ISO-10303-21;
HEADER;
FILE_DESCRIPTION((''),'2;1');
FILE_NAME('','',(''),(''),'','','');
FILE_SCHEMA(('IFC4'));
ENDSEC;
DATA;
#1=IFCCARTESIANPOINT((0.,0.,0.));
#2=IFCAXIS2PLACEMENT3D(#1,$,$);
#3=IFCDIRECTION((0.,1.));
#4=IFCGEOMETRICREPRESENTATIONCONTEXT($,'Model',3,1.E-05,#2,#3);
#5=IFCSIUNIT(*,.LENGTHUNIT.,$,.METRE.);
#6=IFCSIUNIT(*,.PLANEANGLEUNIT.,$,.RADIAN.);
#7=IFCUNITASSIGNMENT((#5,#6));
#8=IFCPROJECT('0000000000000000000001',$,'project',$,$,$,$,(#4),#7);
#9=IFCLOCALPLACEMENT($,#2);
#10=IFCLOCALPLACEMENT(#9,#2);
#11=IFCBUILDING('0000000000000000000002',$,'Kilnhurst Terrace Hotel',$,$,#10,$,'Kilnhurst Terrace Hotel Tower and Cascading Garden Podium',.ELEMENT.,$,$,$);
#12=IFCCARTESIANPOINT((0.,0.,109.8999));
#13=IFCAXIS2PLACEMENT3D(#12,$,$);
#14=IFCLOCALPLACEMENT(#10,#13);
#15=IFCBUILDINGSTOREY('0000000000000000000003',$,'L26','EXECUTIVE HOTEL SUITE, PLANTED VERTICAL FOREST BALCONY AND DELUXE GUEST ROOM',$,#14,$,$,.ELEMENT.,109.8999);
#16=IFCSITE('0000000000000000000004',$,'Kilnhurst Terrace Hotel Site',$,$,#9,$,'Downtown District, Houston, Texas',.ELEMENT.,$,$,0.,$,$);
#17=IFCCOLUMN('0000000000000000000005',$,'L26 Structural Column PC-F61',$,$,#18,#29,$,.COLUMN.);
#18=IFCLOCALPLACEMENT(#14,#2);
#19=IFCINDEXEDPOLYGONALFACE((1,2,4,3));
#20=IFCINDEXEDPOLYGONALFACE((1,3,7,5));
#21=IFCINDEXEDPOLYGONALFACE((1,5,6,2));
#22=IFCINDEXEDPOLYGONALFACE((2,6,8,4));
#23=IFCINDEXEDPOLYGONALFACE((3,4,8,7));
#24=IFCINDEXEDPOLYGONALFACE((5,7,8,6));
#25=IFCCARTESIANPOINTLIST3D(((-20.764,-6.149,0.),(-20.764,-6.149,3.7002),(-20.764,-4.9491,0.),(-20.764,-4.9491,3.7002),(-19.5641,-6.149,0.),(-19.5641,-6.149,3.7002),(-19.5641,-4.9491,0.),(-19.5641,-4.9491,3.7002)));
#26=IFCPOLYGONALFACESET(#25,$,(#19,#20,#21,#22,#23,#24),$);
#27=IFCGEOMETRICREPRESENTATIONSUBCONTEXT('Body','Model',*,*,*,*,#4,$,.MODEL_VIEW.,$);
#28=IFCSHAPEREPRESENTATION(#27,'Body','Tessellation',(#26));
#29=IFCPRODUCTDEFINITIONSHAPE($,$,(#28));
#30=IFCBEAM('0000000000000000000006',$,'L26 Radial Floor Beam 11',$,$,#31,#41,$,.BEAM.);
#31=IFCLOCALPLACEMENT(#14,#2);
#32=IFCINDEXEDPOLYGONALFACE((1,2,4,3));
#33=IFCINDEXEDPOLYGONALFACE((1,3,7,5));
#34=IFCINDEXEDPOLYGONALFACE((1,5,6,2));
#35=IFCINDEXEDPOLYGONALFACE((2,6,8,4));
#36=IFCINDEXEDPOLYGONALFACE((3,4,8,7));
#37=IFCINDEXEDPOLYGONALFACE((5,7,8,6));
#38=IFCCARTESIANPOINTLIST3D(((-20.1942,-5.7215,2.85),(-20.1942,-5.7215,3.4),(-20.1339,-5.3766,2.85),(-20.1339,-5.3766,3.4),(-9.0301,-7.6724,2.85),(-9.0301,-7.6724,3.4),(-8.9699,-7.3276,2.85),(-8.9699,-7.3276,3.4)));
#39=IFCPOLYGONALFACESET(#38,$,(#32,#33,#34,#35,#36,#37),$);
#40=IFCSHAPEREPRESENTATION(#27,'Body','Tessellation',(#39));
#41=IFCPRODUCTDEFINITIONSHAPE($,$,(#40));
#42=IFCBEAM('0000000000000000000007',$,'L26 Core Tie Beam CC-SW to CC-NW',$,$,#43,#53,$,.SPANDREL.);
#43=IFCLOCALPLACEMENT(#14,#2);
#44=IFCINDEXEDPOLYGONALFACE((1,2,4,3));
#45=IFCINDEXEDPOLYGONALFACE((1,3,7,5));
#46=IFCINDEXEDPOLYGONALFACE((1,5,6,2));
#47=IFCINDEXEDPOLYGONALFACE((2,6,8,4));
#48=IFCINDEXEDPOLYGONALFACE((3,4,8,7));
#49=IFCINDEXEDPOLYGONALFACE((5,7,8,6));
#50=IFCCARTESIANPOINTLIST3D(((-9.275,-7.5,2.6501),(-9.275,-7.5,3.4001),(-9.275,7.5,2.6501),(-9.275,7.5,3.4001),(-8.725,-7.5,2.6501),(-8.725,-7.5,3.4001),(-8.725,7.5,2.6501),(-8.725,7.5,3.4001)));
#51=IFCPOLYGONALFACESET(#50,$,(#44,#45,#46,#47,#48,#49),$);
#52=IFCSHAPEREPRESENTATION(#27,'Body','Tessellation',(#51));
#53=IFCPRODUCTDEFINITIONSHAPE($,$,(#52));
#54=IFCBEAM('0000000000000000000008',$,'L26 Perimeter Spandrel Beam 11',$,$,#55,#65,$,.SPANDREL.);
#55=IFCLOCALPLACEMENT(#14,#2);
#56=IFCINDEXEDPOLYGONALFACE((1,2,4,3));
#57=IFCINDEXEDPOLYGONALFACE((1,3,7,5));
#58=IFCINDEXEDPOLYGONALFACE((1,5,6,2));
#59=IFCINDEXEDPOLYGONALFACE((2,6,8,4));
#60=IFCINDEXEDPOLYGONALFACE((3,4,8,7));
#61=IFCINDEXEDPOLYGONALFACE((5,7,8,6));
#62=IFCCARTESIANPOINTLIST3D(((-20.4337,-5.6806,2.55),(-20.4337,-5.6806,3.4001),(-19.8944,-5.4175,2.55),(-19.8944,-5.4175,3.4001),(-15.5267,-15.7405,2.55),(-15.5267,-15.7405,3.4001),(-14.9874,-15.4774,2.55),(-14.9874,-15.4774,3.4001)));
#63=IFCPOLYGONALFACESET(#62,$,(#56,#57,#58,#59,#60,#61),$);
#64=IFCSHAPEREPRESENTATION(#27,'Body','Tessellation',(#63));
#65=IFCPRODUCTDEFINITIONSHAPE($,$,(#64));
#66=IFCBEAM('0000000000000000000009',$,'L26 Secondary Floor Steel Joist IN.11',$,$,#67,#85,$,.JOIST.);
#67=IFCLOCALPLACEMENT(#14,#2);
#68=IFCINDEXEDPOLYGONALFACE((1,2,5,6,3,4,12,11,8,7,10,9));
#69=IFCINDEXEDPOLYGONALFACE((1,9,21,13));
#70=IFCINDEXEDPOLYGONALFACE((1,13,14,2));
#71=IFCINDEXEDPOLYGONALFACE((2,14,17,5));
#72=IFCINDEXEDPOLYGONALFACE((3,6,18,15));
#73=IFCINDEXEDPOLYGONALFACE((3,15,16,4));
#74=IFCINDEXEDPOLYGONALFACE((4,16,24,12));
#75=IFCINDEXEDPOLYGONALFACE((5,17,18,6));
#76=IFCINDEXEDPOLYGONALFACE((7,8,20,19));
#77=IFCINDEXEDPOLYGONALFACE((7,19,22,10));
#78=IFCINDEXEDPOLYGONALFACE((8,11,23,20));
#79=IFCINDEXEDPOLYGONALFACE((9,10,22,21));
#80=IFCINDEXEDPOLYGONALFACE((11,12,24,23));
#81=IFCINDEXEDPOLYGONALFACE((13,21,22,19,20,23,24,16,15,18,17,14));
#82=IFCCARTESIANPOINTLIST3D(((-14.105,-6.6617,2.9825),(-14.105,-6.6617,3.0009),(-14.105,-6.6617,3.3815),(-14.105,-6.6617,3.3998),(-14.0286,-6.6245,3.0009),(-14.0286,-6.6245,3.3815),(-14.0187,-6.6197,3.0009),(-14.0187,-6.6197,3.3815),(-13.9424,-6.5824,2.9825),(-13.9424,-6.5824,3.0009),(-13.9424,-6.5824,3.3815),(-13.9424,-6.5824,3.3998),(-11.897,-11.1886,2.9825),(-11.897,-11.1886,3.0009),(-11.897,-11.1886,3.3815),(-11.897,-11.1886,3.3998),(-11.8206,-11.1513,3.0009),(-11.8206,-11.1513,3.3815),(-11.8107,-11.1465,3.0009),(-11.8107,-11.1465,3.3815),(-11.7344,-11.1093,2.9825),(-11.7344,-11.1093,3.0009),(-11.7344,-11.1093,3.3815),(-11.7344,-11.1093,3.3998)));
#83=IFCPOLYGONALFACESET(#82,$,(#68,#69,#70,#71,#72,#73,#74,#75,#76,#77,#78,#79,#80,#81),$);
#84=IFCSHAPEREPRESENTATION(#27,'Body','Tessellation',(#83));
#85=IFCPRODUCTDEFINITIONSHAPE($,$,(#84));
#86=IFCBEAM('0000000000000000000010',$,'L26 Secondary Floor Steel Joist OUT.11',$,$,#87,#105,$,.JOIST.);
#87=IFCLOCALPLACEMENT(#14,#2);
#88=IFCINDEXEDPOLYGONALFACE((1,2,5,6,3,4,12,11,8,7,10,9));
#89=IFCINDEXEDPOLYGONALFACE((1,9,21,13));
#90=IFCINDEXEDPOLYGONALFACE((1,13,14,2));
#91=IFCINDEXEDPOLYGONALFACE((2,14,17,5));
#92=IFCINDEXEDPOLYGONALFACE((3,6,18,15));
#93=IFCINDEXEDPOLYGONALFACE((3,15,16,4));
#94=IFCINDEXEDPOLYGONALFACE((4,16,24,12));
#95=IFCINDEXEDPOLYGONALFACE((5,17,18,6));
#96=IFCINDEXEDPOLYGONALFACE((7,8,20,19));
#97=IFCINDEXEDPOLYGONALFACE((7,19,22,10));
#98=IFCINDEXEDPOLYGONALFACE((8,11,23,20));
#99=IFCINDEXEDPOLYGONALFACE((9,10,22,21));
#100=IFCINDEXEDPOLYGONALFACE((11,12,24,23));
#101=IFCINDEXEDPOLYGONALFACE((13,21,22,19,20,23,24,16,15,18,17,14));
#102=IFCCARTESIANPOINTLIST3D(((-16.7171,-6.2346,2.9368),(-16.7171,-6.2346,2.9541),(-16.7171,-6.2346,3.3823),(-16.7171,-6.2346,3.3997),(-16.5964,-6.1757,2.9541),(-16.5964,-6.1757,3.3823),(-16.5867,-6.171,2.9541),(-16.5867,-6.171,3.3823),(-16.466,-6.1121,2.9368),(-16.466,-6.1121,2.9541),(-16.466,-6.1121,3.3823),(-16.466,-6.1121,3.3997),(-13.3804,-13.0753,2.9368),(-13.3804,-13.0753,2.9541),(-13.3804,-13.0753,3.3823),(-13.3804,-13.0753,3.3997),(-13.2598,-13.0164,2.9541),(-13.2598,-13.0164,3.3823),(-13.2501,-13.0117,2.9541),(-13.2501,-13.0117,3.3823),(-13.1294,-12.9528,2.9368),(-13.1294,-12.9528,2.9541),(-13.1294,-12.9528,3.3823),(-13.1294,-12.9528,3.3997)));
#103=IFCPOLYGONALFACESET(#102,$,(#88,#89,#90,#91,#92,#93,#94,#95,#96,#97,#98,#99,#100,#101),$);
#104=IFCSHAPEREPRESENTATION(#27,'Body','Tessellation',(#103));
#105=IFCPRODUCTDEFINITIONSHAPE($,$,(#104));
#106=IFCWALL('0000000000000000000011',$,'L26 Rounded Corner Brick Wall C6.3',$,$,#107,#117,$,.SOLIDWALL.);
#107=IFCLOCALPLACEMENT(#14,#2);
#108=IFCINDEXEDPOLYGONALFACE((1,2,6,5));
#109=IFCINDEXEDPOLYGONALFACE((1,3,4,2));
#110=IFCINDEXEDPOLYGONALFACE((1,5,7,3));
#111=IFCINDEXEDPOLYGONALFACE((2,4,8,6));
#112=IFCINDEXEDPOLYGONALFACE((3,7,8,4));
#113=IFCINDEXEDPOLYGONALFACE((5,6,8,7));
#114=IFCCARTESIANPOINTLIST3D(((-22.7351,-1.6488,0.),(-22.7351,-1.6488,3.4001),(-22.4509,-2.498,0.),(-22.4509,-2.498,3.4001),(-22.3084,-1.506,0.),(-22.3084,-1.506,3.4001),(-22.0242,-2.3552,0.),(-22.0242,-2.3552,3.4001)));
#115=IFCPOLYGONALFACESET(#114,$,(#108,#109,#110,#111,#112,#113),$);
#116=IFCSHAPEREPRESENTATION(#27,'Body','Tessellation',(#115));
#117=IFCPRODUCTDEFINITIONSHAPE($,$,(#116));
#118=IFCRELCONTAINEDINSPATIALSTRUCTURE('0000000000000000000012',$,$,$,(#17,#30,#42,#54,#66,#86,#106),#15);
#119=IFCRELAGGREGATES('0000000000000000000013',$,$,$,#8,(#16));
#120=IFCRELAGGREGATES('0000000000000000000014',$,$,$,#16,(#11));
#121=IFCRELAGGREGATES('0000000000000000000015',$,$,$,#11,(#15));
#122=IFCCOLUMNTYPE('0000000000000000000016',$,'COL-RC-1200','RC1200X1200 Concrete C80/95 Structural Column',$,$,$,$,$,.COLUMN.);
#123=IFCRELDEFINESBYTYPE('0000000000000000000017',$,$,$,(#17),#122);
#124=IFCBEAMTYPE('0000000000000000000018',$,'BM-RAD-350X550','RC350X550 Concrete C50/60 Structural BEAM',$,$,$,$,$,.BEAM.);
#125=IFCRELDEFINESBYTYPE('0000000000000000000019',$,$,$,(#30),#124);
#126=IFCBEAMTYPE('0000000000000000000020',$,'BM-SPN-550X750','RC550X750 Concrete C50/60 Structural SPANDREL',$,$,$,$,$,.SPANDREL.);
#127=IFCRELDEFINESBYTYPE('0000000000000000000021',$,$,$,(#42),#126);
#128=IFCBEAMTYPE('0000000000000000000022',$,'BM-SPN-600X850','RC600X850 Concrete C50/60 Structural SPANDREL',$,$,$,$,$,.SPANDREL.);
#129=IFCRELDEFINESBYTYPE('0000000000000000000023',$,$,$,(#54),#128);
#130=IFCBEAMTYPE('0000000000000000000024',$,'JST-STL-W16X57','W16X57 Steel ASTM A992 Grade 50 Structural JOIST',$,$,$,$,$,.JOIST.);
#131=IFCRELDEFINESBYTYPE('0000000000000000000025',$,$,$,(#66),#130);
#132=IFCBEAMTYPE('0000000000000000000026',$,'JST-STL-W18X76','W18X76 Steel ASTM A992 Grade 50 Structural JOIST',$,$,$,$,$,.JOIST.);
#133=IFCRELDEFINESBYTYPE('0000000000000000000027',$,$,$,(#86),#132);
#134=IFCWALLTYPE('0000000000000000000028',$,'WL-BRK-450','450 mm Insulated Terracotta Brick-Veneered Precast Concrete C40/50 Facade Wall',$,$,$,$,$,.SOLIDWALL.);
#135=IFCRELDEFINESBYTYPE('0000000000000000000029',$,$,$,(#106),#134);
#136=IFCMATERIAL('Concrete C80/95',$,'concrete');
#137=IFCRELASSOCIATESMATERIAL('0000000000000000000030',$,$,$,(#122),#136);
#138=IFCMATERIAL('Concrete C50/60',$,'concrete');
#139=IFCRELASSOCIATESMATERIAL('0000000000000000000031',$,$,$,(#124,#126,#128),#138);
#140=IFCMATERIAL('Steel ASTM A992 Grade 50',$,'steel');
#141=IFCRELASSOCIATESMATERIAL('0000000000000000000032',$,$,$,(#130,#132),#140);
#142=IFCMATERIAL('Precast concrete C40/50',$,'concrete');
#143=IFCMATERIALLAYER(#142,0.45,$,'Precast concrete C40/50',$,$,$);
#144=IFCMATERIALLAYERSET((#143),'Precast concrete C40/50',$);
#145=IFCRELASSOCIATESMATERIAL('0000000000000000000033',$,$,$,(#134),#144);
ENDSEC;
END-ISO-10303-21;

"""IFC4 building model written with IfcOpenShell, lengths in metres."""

from ifc_helpers import new_model, si_unit, direction, frame, frame_2d, origin, origin_2d, place, context, subcontext, project, spatial, rectangle, i_section, extrude, material, layer, layer_set, material_profile, profile_set, type_object, element, save


model = new_model("IFC4")

# Units and contexts
model_context = context("Model", 3, precision=1e-05, world=origin(), true_north=direction((0.0, 1.0)))
body_context = subcontext(model_context, "Body", "Model", "MODEL_VIEW")
ifc_project = project(units=[si_unit("LENGTHUNIT", "METRE"), si_unit("PLANEANGLEUNIT", "RADIAN")], contexts=[model_context])

# Site, building, storey
site_placement = place(None, origin())
site = spatial("IfcSite", under=ifc_project, at=site_placement, Name="Kilnhurst Terrace Hotel Site", LongName="Downtown District, Houston, Texas", CompositionType="ELEMENT", RefElevation=0.0)
building_placement = place(site_placement, origin())
building = spatial("IfcBuilding", under=site, at=building_placement, Name="Kilnhurst Terrace Hotel", LongName="Kilnhurst Terrace Hotel Tower and Cascading Garden Podium", CompositionType="ELEMENT")
storey_placement = place(building_placement, frame((0.0, 0.0, 109.8999)))
storey = spatial("IfcBuildingStorey", under=building, at=storey_placement, Name="L26", Description="EXECUTIVE HOTEL SUITE, PLANTED VERTICAL FOREST BALCONY AND DELUXE GUEST ROOM", CompositionType="ELEMENT", Elevation=109.8999)

# Column
ifc_material_1 = material(Name="Concrete C80/95", Category="concrete")
ifc_material_profile_1 = material_profile(ifc_material_1, rectangle(XDim=1.2, YDim=1.2, at=origin_2d()), Name="RC1200X1200")
ifc_profile_set_1 = profile_set([ifc_material_profile_1], Name="Concrete C80/95")
column_type = type_object("IfcColumnType", Name="COL-RC-1200", Description="RC1200X1200 Concrete C80/95 Structural Column", PredefinedType="COLUMN", material=ifc_profile_set_1)
column_placement = place(storey_placement, frame((-20.1641, -5.5491, 0.0), z_axis=(0.0, 0.0, 1.0), x_axis=(1.0, 0.0, 0.0)))
element("IfcColumn", 1, at=column_placement, inside=storey, type_object=column_type, Name="L26 Structural Column PC-F61", PredefinedType="COLUMN", context=body_context, shape_type="SweptSolid", body=[
    extrude(rectangle(XDim=1.2, YDim=1.2, at=origin_2d()), origin(), (0.0, 0.0, 1.0), 3.7002),
])

# Beams
ifc_material_2 = material(Name="Concrete C50/60", Category="concrete")
ifc_material_profile_2 = material_profile(ifc_material_2, rectangle(XDim=0.3501, YDim=0.55, at=origin_2d()), Name="RC350X550")
ifc_profile_set_2 = profile_set([ifc_material_profile_2], Name="Concrete C50/60")
beam_type_1 = type_object("IfcBeamType", Name="BM-RAD-350X550", Description="RC350X550 Concrete C50/60 Structural BEAM", PredefinedType="BEAM", material=ifc_profile_set_2)
beam_1_placement = place(storey_placement, frame((-9.0, -7.5, 3.125), z_axis=(-0.985072, 0.172142, 0.0), x_axis=(-0.172142, -0.985072, 0.0)))
element("IfcBeam", 2, at=beam_1_placement, inside=storey, type_object=beam_type_1, Name="L26 Radial Floor Beam 11", PredefinedType="BEAM", context=body_context, shape_type="SweptSolid", body=[
    extrude(rectangle(XDim=0.3501, YDim=0.55, at=origin_2d()), origin(), (0.0, 0.0, 1.0), 11.3333),
])
ifc_material_profile_3 = material_profile(ifc_material_2, rectangle(XDim=0.55, YDim=0.75, at=origin_2d()), Name="RC550X750")
ifc_profile_set_3 = profile_set([ifc_material_profile_3], Name="Concrete C50/60")
beam_type_2 = type_object("IfcBeamType", Name="BM-SPN-550X750", Description="RC550X750 Concrete C50/60 Structural SPANDREL", PredefinedType="SPANDREL", material=ifc_profile_set_3)
beam_2_placement = place(storey_placement, frame((-9.0, -7.5, 3.0251), z_axis=(0.0, 1.0, 0.0), x_axis=(-1.0, 0.0, 0.0)))
element("IfcBeam", 3, at=beam_2_placement, inside=storey, type_object=beam_type_2, Name="L26 Core Tie Beam CC-SW to CC-NW", PredefinedType="SPANDREL", context=body_context, shape_type="SweptSolid", body=[
    extrude(rectangle(XDim=0.55, YDim=0.75, at=origin_2d()), origin(), (0.0, 0.0, 1.0), 15.0),
])
ifc_material_profile_4 = material_profile(ifc_material_2, rectangle(XDim=0.6001, YDim=0.8501, at=origin_2d()), Name="RC600X850")
ifc_profile_set_4 = profile_set([ifc_material_profile_4], Name="Concrete C50/60")
beam_type_3 = type_object("IfcBeamType", Name="BM-SPN-600X850", Description="RC600X850 Concrete C50/60 Structural SPANDREL", PredefinedType="SPANDREL", material=ifc_profile_set_4)
beam_3_placement = place(storey_placement, frame((-20.1641, -5.5491, 2.9751), z_axis=(0.438406, -0.898777, 0.0), x_axis=(0.898777, 0.438406, 0.0)))
element("IfcBeam", 4, at=beam_3_placement, inside=storey, type_object=beam_type_3, Name="L26 Perimeter Spandrel Beam 11", PredefinedType="SPANDREL", context=body_context, shape_type="SweptSolid", body=[
    extrude(rectangle(XDim=0.6001, YDim=0.8501, at=origin_2d()), origin(), (0.0, 0.0, 1.0), 11.1929),
])
ifc_material_3 = material(Name="Steel ASTM A992 Grade 50", Category="steel")
ifc_material_profile_5 = material_profile(ifc_material_3, i_section(OverallWidth=0.1809, OverallDepth=0.4172, WebThickness=0.011, FlangeThickness=0.0183, at=origin_2d()), Name="W16X57")
ifc_profile_set_5 = profile_set([ifc_material_profile_5], Name="Steel ASTM A992 Grade 50")
beam_type_4 = type_object("IfcBeamType", Name="JST-STL-W16X57", Description="W16X57 Steel ASTM A992 Grade 50 Structural JOIST", PredefinedType="JOIST", material=ifc_profile_set_5)
beam_4_placement = place(storey_placement, frame((-14.0237, -6.6221, 3.1912), z_axis=(0.438389, -0.898785, 0.0), x_axis=(0.898785, 0.438389, 0.0)))
element("IfcBeam", 5, at=beam_4_placement, inside=storey, type_object=beam_type_4, Name="L26 Secondary Floor Steel Joist IN.11", PredefinedType="JOIST", context=body_context, shape_type="SweptSolid", body=[
    extrude(i_section(OverallWidth=0.1809, OverallDepth=0.4172, WebThickness=0.011, FlangeThickness=0.0183, at=origin_2d()), origin(), (0.0, 0.0, 1.0), 5.0366),
])
ifc_material_profile_6 = material_profile(ifc_material_3, i_section(OverallWidth=0.2793, OverallDepth=0.4629, WebThickness=0.0107, FlangeThickness=0.0173, at=origin_2d()), Name="W18X76")
ifc_profile_set_6 = profile_set([ifc_material_profile_6], Name="Steel ASTM A992 Grade 50")
beam_type_5 = type_object("IfcBeamType", Name="JST-STL-W18X76", Description="W18X76 Steel ASTM A992 Grade 50 Structural JOIST", PredefinedType="JOIST", material=ifc_profile_set_6)
beam_5_placement = place(storey_placement, frame((-16.5916, -6.1733, 3.1682), z_axis=(0.43839, -0.898785, 0.0), x_axis=(0.898785, 0.43839, 0.0)))
element("IfcBeam", 6, at=beam_5_placement, inside=storey, type_object=beam_type_5, Name="L26 Secondary Floor Steel Joist OUT.11", PredefinedType="JOIST", context=body_context, shape_type="SweptSolid", body=[
    extrude(i_section(OverallWidth=0.2793, OverallDepth=0.4629, WebThickness=0.0107, FlangeThickness=0.0173, at=origin_2d()), origin(), (0.0, 0.0, 1.0), 7.6111),
])

# Wall
ifc_material_4 = material(Name="Precast concrete C40/50", Category="concrete")
ifc_layer_1 = layer(ifc_material_4, 0.45, Name="Precast concrete C40/50")
ifc_layer_set_1 = layer_set([ifc_layer_1], Name="Precast concrete C40/50")
wall_type_1 = type_object("IfcWallType", Name="WL-BRK-450", Description="450 mm Insulated Terracotta Brick-Veneered Precast Concrete C40/50 Facade Wall", PredefinedType="SOLIDWALL", material=ifc_layer_set_1)
wall_1_placement = place(storey_placement, frame((-22.5217, -1.5774, 0.0), z_axis=(0.0, 0.0, 1.0), x_axis=(0.317373, -0.948301, 0.0)))
element("IfcWall", 7, at=wall_1_placement, inside=storey, type_object=wall_type_1, Name="L26 Rounded Corner Brick Wall C6.3", PredefinedType="SOLIDWALL", context=body_context, shape_type="SweptSolid", body=[
    extrude(rectangle(XDim=0.8955, YDim=0.45, at=frame_2d((0.4478, 0.0))), origin(), (0.0, 0.0, 1.0), 3.4001),
])

save(model, "model.ifc")
